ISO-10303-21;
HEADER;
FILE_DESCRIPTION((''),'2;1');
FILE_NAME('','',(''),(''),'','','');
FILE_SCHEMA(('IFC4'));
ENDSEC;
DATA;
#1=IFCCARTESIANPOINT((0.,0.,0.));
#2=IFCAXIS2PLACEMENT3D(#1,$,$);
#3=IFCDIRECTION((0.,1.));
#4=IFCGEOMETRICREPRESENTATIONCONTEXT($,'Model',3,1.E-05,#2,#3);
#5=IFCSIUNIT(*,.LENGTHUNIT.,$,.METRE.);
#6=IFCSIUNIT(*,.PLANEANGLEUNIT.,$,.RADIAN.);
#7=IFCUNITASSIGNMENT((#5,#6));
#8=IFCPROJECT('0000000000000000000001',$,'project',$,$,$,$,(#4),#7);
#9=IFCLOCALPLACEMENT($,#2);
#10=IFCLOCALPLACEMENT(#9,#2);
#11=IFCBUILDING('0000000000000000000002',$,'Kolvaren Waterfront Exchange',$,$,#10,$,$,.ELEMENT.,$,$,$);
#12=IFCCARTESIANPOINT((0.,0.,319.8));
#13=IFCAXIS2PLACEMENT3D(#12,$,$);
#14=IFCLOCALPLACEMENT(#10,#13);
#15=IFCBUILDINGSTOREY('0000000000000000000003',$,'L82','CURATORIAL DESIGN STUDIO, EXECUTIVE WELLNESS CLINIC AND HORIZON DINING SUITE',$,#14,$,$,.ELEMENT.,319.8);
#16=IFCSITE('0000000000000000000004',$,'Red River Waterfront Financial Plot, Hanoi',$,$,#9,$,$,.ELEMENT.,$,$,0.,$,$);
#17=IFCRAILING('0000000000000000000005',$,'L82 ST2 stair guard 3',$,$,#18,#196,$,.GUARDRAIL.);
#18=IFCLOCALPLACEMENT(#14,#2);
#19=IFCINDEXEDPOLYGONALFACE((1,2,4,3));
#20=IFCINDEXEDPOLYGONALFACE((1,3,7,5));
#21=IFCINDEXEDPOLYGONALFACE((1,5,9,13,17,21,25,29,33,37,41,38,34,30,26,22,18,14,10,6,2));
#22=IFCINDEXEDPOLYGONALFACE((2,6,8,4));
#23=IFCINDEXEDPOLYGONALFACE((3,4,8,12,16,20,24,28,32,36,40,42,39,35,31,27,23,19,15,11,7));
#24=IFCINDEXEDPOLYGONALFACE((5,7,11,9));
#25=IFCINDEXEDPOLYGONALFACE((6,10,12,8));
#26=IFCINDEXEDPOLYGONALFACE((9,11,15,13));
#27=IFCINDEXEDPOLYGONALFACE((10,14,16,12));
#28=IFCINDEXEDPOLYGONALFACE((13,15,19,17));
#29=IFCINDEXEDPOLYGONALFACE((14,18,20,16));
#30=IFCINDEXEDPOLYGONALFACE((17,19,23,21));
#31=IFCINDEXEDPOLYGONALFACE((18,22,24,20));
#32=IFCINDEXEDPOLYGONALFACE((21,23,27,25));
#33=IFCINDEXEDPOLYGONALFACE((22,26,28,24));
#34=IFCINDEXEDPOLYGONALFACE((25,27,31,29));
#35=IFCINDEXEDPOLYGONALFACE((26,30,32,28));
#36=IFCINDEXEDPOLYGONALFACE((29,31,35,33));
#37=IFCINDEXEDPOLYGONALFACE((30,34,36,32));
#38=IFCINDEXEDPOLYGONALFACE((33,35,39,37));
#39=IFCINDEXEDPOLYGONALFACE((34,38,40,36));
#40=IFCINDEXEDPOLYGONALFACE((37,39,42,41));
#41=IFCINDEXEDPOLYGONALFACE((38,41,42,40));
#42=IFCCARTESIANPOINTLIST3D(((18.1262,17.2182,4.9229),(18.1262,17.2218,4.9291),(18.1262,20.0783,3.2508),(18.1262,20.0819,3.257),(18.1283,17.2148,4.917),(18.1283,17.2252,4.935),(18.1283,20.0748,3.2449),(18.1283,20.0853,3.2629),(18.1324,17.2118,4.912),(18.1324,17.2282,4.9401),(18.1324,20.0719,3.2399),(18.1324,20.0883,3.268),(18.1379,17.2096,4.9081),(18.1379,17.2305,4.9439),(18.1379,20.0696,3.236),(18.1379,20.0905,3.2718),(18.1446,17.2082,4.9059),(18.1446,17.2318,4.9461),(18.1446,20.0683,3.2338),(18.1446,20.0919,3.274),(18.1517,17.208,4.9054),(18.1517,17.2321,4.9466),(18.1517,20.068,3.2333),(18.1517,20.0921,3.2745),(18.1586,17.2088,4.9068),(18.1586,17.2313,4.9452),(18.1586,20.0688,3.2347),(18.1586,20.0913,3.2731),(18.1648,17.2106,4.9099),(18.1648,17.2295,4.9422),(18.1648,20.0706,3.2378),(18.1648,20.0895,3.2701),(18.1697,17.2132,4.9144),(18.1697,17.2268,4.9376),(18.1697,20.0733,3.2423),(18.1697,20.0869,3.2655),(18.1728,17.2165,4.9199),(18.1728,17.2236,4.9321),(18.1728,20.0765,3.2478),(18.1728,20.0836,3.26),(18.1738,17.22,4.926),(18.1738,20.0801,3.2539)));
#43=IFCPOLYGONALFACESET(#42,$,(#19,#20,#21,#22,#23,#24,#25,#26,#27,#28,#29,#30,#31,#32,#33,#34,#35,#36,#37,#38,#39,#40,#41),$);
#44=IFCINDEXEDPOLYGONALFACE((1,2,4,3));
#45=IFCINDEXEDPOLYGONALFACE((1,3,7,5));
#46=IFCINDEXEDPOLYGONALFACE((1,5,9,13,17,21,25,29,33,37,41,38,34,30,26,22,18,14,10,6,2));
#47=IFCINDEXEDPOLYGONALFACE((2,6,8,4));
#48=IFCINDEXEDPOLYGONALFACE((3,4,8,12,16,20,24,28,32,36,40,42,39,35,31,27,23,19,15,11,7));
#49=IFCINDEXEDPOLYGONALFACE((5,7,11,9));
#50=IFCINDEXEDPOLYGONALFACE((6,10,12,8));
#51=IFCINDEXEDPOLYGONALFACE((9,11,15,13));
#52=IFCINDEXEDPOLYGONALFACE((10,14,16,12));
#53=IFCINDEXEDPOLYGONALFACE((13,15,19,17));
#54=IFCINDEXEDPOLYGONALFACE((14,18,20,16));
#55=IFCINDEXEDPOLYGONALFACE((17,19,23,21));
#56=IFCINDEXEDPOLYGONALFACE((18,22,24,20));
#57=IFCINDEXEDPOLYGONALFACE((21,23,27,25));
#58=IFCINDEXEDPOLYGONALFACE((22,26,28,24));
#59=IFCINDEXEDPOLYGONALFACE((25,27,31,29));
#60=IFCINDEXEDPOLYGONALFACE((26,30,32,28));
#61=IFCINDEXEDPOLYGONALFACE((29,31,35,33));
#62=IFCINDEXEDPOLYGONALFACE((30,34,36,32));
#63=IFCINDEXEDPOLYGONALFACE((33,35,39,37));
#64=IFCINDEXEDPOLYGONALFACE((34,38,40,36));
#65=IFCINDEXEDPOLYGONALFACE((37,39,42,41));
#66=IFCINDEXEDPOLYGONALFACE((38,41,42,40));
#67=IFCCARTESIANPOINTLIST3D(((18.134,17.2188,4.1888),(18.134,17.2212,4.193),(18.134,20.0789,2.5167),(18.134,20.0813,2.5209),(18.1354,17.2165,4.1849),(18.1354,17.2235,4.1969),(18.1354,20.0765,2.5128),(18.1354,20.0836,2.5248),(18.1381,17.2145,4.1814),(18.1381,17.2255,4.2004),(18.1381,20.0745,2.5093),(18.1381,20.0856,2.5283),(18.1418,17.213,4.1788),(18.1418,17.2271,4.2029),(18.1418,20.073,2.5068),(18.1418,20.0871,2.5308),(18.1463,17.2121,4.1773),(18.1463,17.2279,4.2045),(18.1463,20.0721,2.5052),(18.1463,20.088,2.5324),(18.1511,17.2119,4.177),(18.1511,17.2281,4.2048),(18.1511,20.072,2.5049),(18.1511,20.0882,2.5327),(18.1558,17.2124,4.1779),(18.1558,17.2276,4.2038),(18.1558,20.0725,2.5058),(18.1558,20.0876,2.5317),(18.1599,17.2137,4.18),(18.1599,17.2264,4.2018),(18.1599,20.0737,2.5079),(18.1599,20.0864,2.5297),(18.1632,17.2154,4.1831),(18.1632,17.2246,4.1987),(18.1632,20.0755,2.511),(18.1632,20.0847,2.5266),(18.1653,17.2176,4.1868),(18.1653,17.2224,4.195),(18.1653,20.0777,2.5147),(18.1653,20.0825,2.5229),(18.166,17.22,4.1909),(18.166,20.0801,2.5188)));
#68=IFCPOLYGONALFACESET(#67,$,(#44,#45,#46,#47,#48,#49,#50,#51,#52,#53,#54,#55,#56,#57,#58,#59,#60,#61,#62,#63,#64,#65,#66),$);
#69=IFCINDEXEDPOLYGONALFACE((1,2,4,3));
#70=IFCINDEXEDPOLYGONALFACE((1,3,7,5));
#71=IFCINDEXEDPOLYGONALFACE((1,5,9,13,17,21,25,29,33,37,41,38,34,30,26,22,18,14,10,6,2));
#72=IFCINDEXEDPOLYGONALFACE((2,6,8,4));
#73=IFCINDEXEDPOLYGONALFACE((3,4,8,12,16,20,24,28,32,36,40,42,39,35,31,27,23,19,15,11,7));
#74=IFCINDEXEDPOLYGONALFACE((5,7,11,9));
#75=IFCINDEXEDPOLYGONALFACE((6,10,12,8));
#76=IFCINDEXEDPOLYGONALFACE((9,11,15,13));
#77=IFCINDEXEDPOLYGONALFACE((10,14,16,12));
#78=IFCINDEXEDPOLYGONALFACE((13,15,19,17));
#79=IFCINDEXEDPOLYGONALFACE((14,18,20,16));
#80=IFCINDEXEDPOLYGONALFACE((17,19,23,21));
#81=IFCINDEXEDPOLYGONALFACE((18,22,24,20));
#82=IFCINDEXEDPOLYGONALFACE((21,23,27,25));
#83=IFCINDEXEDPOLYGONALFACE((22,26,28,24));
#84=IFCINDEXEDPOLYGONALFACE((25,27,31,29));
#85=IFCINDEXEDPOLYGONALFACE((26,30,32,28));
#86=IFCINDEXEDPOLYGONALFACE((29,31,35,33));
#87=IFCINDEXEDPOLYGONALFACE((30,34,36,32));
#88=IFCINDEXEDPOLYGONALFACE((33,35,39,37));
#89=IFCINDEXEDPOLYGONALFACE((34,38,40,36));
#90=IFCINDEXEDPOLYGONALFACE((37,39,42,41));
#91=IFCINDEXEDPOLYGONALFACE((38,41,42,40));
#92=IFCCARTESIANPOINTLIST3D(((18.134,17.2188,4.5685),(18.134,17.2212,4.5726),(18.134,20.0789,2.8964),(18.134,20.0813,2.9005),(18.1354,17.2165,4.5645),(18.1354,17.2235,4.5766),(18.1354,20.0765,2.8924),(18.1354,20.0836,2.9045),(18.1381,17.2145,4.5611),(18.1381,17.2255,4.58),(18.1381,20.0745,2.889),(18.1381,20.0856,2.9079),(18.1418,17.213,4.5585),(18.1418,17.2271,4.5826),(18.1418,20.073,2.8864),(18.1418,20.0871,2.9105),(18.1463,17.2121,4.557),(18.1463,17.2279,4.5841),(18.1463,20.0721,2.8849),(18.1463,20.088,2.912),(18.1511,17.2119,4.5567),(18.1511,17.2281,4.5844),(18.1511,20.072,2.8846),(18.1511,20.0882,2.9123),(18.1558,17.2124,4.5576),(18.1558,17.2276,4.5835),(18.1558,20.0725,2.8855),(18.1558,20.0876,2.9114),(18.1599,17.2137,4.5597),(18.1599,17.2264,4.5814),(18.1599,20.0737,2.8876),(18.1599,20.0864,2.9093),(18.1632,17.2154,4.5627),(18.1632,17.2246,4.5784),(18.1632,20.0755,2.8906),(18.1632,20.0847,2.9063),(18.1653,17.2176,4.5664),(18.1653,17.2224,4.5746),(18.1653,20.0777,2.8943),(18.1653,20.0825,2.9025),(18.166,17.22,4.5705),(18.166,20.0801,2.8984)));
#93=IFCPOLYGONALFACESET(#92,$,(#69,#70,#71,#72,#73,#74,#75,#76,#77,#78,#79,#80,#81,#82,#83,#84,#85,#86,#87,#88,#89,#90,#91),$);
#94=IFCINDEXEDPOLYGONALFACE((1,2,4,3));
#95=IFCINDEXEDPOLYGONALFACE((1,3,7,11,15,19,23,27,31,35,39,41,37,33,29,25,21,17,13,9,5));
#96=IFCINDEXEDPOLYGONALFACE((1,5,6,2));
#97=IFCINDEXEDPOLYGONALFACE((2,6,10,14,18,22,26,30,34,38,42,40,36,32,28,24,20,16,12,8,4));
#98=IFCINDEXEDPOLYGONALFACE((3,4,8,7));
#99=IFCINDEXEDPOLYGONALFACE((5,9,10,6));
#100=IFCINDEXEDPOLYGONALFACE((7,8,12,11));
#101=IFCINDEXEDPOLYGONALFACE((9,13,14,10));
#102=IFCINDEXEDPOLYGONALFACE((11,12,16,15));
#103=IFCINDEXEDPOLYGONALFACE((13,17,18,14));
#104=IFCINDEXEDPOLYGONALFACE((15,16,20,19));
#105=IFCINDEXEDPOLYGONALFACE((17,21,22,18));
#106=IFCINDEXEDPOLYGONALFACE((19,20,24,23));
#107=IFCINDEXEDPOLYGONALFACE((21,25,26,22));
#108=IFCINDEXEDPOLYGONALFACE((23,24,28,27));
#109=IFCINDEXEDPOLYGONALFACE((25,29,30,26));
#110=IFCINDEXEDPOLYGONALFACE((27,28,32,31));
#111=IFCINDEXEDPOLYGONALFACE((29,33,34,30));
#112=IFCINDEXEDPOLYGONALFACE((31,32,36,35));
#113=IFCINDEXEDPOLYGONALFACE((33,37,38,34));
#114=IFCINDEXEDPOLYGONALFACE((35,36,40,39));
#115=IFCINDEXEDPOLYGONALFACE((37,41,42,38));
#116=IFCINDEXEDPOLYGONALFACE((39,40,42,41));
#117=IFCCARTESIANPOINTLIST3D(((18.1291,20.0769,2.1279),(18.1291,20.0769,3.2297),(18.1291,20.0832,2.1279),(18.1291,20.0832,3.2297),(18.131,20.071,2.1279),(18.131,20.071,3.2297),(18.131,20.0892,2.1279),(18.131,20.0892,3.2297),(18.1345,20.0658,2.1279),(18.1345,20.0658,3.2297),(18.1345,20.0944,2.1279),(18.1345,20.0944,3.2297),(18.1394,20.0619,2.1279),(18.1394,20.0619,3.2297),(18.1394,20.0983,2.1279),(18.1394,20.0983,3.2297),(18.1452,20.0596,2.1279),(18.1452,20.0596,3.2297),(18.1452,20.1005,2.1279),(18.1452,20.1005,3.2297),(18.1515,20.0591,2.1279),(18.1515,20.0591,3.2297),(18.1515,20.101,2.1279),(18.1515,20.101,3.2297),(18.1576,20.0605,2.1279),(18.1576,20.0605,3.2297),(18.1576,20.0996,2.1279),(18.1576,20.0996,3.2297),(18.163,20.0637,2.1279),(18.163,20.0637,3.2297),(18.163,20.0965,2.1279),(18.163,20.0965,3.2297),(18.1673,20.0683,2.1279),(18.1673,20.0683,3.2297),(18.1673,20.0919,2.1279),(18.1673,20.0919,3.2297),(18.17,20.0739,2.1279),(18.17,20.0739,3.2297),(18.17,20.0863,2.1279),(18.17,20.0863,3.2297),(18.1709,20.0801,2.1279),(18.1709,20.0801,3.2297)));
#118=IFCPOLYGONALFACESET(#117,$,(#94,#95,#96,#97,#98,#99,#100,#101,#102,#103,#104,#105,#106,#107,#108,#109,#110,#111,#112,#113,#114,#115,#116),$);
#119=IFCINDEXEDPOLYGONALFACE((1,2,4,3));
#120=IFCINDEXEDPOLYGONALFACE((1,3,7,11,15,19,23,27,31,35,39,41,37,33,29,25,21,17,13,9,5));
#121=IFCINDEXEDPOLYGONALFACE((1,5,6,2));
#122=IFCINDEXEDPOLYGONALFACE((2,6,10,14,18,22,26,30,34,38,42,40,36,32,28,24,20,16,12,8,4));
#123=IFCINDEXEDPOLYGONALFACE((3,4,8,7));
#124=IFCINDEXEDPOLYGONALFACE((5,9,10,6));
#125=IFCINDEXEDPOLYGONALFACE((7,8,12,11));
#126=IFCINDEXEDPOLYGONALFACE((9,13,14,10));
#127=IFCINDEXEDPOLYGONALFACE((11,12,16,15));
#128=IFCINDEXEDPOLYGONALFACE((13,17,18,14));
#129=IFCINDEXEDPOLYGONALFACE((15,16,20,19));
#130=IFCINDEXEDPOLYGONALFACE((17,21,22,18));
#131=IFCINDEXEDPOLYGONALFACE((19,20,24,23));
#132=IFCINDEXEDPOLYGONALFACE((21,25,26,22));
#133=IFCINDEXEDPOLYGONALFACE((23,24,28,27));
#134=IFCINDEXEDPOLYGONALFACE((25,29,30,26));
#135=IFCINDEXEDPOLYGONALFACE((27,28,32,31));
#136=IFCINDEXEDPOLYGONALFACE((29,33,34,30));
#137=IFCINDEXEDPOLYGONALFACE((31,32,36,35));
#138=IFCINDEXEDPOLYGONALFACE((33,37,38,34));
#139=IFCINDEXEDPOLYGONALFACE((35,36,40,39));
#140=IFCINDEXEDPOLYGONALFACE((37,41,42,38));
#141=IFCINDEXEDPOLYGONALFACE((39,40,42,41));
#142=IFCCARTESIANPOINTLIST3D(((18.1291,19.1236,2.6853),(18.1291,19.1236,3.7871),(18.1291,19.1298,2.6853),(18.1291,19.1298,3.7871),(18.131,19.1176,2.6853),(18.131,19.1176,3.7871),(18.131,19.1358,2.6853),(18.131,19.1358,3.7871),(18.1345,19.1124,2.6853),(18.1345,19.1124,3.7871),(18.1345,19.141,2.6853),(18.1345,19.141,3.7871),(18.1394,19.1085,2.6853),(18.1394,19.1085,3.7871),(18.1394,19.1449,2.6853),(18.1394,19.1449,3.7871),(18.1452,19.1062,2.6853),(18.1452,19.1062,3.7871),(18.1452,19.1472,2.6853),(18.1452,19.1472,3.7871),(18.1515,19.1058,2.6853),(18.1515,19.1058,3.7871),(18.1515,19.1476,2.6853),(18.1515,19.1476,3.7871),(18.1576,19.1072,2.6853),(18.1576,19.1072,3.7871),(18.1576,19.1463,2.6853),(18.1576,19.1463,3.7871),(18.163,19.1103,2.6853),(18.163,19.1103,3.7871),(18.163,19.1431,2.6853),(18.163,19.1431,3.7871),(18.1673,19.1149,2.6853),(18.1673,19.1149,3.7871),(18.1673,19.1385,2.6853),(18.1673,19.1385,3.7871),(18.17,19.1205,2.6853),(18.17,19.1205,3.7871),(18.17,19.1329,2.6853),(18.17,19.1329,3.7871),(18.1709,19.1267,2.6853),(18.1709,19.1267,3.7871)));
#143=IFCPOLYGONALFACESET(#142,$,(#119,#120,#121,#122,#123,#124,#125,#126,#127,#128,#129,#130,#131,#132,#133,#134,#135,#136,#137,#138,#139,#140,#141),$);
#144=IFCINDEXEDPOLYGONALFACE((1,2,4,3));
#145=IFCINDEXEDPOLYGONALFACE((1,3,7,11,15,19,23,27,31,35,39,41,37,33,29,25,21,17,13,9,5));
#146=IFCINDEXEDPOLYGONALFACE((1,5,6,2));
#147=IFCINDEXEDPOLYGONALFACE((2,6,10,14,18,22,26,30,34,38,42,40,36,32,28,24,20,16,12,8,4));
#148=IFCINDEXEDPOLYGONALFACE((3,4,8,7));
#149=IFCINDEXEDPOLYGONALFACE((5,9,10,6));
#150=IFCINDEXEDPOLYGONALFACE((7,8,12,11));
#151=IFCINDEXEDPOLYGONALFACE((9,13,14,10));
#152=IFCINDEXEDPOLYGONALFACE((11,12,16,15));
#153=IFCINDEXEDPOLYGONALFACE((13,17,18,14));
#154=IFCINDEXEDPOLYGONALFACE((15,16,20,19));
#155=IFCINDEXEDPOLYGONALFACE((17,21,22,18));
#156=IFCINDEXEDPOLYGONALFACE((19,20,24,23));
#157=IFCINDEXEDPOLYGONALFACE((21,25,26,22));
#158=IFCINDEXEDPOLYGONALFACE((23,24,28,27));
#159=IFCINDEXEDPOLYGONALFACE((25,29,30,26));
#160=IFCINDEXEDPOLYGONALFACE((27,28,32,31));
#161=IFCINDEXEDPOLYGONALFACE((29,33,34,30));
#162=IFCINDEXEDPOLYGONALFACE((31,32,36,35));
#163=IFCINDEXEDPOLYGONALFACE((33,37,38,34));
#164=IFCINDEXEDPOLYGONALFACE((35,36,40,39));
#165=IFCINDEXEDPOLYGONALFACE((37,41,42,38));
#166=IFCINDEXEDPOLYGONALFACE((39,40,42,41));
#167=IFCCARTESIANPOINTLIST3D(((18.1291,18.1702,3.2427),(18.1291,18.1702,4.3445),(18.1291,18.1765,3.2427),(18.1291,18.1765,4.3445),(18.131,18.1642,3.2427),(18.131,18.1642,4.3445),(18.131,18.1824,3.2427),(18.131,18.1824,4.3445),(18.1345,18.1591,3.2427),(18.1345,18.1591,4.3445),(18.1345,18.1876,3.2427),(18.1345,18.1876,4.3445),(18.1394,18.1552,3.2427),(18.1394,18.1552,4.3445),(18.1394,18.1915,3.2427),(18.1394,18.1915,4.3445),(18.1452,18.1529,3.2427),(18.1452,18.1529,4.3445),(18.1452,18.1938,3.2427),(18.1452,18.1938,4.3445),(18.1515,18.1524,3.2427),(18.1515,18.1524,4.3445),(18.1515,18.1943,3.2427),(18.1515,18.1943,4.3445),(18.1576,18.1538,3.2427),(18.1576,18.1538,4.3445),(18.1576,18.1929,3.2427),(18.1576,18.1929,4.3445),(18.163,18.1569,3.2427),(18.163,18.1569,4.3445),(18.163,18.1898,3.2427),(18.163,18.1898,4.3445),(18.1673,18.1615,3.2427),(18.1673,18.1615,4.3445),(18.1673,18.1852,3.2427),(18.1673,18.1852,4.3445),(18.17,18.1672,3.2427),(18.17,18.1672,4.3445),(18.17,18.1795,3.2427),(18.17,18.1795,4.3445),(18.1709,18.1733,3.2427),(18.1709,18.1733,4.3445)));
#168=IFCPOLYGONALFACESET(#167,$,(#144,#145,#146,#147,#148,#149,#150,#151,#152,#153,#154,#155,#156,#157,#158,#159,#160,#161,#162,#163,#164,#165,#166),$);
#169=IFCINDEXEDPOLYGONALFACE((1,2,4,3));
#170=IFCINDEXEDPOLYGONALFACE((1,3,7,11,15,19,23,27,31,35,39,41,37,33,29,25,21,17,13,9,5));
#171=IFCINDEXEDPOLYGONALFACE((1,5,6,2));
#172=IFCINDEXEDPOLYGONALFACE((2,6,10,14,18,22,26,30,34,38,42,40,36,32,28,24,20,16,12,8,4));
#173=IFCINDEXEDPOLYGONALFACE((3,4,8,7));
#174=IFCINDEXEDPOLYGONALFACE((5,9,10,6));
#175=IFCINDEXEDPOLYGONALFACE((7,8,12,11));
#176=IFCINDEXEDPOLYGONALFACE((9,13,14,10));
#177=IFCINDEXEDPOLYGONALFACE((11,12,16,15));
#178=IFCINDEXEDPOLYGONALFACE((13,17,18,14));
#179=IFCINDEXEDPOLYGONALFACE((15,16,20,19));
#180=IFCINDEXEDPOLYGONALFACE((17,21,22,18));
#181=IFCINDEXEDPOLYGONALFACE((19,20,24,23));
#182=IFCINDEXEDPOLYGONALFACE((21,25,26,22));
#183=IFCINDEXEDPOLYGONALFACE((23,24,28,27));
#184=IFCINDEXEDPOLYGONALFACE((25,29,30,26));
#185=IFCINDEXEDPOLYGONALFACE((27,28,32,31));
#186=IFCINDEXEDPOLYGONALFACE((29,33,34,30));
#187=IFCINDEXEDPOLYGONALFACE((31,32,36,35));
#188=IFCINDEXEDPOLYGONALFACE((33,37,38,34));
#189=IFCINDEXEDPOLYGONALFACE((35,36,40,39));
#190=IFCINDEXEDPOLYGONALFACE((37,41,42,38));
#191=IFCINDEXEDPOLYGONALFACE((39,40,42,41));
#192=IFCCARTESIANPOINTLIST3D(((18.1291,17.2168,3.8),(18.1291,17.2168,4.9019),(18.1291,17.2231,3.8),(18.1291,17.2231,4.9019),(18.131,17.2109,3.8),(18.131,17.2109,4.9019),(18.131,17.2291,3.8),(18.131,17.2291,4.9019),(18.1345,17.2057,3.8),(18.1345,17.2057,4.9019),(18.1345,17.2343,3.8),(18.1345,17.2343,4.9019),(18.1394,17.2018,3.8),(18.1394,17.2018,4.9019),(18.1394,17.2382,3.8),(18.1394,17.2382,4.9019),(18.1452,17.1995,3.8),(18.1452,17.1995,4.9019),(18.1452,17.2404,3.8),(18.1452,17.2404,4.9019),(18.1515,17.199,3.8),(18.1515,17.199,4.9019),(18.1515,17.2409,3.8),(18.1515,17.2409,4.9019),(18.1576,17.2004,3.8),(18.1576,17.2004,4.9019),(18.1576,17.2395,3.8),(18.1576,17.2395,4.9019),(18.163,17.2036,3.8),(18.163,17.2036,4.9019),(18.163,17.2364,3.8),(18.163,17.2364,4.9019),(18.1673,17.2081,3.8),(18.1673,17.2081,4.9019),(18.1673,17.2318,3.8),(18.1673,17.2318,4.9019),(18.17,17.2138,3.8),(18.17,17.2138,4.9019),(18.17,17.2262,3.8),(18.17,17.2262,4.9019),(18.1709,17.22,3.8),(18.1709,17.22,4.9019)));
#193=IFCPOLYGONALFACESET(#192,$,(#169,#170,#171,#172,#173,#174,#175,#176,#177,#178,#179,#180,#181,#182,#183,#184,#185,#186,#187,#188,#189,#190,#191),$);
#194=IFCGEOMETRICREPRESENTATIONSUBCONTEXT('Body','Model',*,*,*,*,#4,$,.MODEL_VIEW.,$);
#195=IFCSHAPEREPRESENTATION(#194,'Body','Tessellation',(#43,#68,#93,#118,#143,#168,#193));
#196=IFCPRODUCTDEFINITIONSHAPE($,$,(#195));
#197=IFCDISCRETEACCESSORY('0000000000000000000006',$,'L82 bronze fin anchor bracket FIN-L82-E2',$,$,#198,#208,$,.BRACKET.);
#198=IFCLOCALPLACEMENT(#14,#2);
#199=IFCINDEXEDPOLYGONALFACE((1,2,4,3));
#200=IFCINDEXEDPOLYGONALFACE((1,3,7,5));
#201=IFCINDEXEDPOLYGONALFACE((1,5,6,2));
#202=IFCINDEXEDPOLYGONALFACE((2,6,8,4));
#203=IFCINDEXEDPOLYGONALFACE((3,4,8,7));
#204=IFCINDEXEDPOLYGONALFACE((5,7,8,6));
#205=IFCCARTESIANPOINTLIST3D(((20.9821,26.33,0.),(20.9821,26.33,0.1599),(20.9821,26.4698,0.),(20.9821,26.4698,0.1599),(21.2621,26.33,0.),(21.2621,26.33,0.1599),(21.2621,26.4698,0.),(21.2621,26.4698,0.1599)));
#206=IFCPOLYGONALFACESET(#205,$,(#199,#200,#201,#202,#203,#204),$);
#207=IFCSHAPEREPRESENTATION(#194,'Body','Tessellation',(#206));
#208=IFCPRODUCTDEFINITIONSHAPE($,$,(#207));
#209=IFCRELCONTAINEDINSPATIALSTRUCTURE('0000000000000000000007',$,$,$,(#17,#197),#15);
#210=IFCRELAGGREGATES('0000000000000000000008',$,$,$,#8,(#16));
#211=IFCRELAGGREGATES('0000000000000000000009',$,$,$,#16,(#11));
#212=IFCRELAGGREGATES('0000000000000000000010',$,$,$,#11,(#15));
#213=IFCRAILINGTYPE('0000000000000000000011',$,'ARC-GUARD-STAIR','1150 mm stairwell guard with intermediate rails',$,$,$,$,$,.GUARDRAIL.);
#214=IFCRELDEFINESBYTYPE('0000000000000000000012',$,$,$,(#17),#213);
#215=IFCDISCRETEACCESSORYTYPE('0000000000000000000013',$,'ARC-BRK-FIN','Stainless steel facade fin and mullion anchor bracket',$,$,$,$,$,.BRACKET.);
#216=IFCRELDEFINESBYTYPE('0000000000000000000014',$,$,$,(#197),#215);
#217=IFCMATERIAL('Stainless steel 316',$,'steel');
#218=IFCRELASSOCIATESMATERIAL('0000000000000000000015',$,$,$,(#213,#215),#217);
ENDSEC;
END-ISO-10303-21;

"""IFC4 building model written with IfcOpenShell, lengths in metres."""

from ifc_helpers import new_model, si_unit, direction, frame, origin, origin_with_axes, origin_2d, place, context, subcontext, project, spatial, rectangle, circle, extrude, source, transform, mapped, material, type_object, element, save


model = new_model("IFC4")

# Units and contexts
model_context = context("Model", 3, precision=1e-05, world=origin(), true_north=direction((0.0, 1.0)))
body_context = subcontext(model_context, "Body", "Model", "MODEL_VIEW")
ifc_project = project(units=[si_unit("LENGTHUNIT", "METRE"), si_unit("PLANEANGLEUNIT", "RADIAN")], contexts=[model_context])

# Site, building, storey
site_placement = place(None, origin())
site = spatial("IfcSite", under=ifc_project, at=site_placement, Name="Red River Waterfront Financial Plot, Hanoi", CompositionType="ELEMENT", RefElevation=0.0)
building_placement = place(site_placement, origin())
building = spatial("IfcBuilding", under=site, at=building_placement, Name="Kolvaren Waterfront Exchange", CompositionType="ELEMENT")
storey_placement = place(building_placement, frame((0.0, 0.0, 319.8)))
storey = spatial("IfcBuildingStorey", under=building, at=storey_placement, Name="L82", Description="CURATORIAL DESIGN STUDIO, EXECUTIVE WELLNESS CLINIC AND HORIZON DINING SUITE", CompositionType="ELEMENT", Elevation=319.8)

# Railing
ifc_material_1 = material(Name="Stainless steel 316", Category="steel")
railing_type = type_object("IfcRailingType", Name="ARC-GUARD-STAIR", Description="1150 mm stairwell guard with intermediate rails", PredefinedType="GUARDRAIL", material=ifc_material_1)
railing_1_placement = place(storey_placement, frame((18.1499, 20.0801, 2.1279)))
element("IfcRailing", 1, at=railing_1_placement, inside=storey, type_object=railing_type, Name="L82 ST2 stair guard 3", PredefinedType="GUARDRAIL", context=body_context, shape_type="SweptSolid", body=[
    extrude(circle(Radius=0.0239, at=origin_2d()), frame((0.0, 0.0, 1.126), z_axis=(0.0, -0.863289, 0.504709), x_axis=(1.0, 0.0, 0.0)), (0.0, 0.0, 1.0), 3.313),
    extrude(circle(Radius=0.0161, at=origin_2d()), frame((0.0, 0.0, 0.3909), z_axis=(0.0, -0.863289, 0.504709), x_axis=(1.0, 0.0, 0.0)), (0.0, 0.0, 1.0), 3.313),
    extrude(circle(Radius=0.0161, at=origin_2d()), frame((0.0, 0.0, 0.7705), z_axis=(0.0, -0.863289, 0.504709), x_axis=(1.0, 0.0, 0.0)), (0.0, 0.0, 1.0), 3.313),
    extrude(circle(Radius=0.021, at=origin_2d()), origin(), (0.0, 0.0, 1.0), 1.1018),
    extrude(circle(Radius=0.021, at=origin_2d()), frame((0.0, -0.9534, 0.5574)), (0.0, 0.0, 1.0), 1.1018),
    extrude(circle(Radius=0.021, at=origin_2d()), frame((0.0, -1.9067, 1.1147)), (0.0, 0.0, 1.0), 1.1018),
    extrude(circle(Radius=0.021, at=origin_2d()), frame((0.0, -2.8601, 1.6721)), (0.0, 0.0, 1.0), 1.1018),
])

# Discrete accessory
discrete_accessory_type = type_object("IfcDiscreteAccessoryType", Name="ARC-BRK-FIN", Description="Stainless steel facade fin and mullion anchor bracket", PredefinedType="BRACKET", material=ifc_material_1)
shared_shape_1 = source(origin_with_axes(), body_context, "Body", "SweptSolid", [
    extrude(rectangle(XDim=0.28, YDim=0.1399, at=origin_2d()), origin(), (0.0, 0.0, 1.0), 0.1599),
])
for number, where, z_axis, x_axis, name in (
    (2, (21.1221, 26.3999, 0.0), (0.0, 0.0, 1.0), (1.0, 0.0, 0.0), "L82 bronze fin anchor bracket FIN-L82-E2"),
):
    element("IfcDiscreteAccessory", number, at=place(storey_placement, frame(where, z_axis=z_axis, x_axis=x_axis)), inside=storey, type_object=discrete_accessory_type, Name=name, PredefinedType="BRACKET", context=body_context, shape_type="MappedRepresentation", body=[
        mapped(shared_shape_1, transform((0.0, 0.0, 0.0), x_axis=(1.0, 0.0, 0.0), y_axis=(0.0, 1.0, 0.0), z_axis=(0.0, 0.0, 1.0), scale=1.0)),
    ])

save(model, "model.ifc")
